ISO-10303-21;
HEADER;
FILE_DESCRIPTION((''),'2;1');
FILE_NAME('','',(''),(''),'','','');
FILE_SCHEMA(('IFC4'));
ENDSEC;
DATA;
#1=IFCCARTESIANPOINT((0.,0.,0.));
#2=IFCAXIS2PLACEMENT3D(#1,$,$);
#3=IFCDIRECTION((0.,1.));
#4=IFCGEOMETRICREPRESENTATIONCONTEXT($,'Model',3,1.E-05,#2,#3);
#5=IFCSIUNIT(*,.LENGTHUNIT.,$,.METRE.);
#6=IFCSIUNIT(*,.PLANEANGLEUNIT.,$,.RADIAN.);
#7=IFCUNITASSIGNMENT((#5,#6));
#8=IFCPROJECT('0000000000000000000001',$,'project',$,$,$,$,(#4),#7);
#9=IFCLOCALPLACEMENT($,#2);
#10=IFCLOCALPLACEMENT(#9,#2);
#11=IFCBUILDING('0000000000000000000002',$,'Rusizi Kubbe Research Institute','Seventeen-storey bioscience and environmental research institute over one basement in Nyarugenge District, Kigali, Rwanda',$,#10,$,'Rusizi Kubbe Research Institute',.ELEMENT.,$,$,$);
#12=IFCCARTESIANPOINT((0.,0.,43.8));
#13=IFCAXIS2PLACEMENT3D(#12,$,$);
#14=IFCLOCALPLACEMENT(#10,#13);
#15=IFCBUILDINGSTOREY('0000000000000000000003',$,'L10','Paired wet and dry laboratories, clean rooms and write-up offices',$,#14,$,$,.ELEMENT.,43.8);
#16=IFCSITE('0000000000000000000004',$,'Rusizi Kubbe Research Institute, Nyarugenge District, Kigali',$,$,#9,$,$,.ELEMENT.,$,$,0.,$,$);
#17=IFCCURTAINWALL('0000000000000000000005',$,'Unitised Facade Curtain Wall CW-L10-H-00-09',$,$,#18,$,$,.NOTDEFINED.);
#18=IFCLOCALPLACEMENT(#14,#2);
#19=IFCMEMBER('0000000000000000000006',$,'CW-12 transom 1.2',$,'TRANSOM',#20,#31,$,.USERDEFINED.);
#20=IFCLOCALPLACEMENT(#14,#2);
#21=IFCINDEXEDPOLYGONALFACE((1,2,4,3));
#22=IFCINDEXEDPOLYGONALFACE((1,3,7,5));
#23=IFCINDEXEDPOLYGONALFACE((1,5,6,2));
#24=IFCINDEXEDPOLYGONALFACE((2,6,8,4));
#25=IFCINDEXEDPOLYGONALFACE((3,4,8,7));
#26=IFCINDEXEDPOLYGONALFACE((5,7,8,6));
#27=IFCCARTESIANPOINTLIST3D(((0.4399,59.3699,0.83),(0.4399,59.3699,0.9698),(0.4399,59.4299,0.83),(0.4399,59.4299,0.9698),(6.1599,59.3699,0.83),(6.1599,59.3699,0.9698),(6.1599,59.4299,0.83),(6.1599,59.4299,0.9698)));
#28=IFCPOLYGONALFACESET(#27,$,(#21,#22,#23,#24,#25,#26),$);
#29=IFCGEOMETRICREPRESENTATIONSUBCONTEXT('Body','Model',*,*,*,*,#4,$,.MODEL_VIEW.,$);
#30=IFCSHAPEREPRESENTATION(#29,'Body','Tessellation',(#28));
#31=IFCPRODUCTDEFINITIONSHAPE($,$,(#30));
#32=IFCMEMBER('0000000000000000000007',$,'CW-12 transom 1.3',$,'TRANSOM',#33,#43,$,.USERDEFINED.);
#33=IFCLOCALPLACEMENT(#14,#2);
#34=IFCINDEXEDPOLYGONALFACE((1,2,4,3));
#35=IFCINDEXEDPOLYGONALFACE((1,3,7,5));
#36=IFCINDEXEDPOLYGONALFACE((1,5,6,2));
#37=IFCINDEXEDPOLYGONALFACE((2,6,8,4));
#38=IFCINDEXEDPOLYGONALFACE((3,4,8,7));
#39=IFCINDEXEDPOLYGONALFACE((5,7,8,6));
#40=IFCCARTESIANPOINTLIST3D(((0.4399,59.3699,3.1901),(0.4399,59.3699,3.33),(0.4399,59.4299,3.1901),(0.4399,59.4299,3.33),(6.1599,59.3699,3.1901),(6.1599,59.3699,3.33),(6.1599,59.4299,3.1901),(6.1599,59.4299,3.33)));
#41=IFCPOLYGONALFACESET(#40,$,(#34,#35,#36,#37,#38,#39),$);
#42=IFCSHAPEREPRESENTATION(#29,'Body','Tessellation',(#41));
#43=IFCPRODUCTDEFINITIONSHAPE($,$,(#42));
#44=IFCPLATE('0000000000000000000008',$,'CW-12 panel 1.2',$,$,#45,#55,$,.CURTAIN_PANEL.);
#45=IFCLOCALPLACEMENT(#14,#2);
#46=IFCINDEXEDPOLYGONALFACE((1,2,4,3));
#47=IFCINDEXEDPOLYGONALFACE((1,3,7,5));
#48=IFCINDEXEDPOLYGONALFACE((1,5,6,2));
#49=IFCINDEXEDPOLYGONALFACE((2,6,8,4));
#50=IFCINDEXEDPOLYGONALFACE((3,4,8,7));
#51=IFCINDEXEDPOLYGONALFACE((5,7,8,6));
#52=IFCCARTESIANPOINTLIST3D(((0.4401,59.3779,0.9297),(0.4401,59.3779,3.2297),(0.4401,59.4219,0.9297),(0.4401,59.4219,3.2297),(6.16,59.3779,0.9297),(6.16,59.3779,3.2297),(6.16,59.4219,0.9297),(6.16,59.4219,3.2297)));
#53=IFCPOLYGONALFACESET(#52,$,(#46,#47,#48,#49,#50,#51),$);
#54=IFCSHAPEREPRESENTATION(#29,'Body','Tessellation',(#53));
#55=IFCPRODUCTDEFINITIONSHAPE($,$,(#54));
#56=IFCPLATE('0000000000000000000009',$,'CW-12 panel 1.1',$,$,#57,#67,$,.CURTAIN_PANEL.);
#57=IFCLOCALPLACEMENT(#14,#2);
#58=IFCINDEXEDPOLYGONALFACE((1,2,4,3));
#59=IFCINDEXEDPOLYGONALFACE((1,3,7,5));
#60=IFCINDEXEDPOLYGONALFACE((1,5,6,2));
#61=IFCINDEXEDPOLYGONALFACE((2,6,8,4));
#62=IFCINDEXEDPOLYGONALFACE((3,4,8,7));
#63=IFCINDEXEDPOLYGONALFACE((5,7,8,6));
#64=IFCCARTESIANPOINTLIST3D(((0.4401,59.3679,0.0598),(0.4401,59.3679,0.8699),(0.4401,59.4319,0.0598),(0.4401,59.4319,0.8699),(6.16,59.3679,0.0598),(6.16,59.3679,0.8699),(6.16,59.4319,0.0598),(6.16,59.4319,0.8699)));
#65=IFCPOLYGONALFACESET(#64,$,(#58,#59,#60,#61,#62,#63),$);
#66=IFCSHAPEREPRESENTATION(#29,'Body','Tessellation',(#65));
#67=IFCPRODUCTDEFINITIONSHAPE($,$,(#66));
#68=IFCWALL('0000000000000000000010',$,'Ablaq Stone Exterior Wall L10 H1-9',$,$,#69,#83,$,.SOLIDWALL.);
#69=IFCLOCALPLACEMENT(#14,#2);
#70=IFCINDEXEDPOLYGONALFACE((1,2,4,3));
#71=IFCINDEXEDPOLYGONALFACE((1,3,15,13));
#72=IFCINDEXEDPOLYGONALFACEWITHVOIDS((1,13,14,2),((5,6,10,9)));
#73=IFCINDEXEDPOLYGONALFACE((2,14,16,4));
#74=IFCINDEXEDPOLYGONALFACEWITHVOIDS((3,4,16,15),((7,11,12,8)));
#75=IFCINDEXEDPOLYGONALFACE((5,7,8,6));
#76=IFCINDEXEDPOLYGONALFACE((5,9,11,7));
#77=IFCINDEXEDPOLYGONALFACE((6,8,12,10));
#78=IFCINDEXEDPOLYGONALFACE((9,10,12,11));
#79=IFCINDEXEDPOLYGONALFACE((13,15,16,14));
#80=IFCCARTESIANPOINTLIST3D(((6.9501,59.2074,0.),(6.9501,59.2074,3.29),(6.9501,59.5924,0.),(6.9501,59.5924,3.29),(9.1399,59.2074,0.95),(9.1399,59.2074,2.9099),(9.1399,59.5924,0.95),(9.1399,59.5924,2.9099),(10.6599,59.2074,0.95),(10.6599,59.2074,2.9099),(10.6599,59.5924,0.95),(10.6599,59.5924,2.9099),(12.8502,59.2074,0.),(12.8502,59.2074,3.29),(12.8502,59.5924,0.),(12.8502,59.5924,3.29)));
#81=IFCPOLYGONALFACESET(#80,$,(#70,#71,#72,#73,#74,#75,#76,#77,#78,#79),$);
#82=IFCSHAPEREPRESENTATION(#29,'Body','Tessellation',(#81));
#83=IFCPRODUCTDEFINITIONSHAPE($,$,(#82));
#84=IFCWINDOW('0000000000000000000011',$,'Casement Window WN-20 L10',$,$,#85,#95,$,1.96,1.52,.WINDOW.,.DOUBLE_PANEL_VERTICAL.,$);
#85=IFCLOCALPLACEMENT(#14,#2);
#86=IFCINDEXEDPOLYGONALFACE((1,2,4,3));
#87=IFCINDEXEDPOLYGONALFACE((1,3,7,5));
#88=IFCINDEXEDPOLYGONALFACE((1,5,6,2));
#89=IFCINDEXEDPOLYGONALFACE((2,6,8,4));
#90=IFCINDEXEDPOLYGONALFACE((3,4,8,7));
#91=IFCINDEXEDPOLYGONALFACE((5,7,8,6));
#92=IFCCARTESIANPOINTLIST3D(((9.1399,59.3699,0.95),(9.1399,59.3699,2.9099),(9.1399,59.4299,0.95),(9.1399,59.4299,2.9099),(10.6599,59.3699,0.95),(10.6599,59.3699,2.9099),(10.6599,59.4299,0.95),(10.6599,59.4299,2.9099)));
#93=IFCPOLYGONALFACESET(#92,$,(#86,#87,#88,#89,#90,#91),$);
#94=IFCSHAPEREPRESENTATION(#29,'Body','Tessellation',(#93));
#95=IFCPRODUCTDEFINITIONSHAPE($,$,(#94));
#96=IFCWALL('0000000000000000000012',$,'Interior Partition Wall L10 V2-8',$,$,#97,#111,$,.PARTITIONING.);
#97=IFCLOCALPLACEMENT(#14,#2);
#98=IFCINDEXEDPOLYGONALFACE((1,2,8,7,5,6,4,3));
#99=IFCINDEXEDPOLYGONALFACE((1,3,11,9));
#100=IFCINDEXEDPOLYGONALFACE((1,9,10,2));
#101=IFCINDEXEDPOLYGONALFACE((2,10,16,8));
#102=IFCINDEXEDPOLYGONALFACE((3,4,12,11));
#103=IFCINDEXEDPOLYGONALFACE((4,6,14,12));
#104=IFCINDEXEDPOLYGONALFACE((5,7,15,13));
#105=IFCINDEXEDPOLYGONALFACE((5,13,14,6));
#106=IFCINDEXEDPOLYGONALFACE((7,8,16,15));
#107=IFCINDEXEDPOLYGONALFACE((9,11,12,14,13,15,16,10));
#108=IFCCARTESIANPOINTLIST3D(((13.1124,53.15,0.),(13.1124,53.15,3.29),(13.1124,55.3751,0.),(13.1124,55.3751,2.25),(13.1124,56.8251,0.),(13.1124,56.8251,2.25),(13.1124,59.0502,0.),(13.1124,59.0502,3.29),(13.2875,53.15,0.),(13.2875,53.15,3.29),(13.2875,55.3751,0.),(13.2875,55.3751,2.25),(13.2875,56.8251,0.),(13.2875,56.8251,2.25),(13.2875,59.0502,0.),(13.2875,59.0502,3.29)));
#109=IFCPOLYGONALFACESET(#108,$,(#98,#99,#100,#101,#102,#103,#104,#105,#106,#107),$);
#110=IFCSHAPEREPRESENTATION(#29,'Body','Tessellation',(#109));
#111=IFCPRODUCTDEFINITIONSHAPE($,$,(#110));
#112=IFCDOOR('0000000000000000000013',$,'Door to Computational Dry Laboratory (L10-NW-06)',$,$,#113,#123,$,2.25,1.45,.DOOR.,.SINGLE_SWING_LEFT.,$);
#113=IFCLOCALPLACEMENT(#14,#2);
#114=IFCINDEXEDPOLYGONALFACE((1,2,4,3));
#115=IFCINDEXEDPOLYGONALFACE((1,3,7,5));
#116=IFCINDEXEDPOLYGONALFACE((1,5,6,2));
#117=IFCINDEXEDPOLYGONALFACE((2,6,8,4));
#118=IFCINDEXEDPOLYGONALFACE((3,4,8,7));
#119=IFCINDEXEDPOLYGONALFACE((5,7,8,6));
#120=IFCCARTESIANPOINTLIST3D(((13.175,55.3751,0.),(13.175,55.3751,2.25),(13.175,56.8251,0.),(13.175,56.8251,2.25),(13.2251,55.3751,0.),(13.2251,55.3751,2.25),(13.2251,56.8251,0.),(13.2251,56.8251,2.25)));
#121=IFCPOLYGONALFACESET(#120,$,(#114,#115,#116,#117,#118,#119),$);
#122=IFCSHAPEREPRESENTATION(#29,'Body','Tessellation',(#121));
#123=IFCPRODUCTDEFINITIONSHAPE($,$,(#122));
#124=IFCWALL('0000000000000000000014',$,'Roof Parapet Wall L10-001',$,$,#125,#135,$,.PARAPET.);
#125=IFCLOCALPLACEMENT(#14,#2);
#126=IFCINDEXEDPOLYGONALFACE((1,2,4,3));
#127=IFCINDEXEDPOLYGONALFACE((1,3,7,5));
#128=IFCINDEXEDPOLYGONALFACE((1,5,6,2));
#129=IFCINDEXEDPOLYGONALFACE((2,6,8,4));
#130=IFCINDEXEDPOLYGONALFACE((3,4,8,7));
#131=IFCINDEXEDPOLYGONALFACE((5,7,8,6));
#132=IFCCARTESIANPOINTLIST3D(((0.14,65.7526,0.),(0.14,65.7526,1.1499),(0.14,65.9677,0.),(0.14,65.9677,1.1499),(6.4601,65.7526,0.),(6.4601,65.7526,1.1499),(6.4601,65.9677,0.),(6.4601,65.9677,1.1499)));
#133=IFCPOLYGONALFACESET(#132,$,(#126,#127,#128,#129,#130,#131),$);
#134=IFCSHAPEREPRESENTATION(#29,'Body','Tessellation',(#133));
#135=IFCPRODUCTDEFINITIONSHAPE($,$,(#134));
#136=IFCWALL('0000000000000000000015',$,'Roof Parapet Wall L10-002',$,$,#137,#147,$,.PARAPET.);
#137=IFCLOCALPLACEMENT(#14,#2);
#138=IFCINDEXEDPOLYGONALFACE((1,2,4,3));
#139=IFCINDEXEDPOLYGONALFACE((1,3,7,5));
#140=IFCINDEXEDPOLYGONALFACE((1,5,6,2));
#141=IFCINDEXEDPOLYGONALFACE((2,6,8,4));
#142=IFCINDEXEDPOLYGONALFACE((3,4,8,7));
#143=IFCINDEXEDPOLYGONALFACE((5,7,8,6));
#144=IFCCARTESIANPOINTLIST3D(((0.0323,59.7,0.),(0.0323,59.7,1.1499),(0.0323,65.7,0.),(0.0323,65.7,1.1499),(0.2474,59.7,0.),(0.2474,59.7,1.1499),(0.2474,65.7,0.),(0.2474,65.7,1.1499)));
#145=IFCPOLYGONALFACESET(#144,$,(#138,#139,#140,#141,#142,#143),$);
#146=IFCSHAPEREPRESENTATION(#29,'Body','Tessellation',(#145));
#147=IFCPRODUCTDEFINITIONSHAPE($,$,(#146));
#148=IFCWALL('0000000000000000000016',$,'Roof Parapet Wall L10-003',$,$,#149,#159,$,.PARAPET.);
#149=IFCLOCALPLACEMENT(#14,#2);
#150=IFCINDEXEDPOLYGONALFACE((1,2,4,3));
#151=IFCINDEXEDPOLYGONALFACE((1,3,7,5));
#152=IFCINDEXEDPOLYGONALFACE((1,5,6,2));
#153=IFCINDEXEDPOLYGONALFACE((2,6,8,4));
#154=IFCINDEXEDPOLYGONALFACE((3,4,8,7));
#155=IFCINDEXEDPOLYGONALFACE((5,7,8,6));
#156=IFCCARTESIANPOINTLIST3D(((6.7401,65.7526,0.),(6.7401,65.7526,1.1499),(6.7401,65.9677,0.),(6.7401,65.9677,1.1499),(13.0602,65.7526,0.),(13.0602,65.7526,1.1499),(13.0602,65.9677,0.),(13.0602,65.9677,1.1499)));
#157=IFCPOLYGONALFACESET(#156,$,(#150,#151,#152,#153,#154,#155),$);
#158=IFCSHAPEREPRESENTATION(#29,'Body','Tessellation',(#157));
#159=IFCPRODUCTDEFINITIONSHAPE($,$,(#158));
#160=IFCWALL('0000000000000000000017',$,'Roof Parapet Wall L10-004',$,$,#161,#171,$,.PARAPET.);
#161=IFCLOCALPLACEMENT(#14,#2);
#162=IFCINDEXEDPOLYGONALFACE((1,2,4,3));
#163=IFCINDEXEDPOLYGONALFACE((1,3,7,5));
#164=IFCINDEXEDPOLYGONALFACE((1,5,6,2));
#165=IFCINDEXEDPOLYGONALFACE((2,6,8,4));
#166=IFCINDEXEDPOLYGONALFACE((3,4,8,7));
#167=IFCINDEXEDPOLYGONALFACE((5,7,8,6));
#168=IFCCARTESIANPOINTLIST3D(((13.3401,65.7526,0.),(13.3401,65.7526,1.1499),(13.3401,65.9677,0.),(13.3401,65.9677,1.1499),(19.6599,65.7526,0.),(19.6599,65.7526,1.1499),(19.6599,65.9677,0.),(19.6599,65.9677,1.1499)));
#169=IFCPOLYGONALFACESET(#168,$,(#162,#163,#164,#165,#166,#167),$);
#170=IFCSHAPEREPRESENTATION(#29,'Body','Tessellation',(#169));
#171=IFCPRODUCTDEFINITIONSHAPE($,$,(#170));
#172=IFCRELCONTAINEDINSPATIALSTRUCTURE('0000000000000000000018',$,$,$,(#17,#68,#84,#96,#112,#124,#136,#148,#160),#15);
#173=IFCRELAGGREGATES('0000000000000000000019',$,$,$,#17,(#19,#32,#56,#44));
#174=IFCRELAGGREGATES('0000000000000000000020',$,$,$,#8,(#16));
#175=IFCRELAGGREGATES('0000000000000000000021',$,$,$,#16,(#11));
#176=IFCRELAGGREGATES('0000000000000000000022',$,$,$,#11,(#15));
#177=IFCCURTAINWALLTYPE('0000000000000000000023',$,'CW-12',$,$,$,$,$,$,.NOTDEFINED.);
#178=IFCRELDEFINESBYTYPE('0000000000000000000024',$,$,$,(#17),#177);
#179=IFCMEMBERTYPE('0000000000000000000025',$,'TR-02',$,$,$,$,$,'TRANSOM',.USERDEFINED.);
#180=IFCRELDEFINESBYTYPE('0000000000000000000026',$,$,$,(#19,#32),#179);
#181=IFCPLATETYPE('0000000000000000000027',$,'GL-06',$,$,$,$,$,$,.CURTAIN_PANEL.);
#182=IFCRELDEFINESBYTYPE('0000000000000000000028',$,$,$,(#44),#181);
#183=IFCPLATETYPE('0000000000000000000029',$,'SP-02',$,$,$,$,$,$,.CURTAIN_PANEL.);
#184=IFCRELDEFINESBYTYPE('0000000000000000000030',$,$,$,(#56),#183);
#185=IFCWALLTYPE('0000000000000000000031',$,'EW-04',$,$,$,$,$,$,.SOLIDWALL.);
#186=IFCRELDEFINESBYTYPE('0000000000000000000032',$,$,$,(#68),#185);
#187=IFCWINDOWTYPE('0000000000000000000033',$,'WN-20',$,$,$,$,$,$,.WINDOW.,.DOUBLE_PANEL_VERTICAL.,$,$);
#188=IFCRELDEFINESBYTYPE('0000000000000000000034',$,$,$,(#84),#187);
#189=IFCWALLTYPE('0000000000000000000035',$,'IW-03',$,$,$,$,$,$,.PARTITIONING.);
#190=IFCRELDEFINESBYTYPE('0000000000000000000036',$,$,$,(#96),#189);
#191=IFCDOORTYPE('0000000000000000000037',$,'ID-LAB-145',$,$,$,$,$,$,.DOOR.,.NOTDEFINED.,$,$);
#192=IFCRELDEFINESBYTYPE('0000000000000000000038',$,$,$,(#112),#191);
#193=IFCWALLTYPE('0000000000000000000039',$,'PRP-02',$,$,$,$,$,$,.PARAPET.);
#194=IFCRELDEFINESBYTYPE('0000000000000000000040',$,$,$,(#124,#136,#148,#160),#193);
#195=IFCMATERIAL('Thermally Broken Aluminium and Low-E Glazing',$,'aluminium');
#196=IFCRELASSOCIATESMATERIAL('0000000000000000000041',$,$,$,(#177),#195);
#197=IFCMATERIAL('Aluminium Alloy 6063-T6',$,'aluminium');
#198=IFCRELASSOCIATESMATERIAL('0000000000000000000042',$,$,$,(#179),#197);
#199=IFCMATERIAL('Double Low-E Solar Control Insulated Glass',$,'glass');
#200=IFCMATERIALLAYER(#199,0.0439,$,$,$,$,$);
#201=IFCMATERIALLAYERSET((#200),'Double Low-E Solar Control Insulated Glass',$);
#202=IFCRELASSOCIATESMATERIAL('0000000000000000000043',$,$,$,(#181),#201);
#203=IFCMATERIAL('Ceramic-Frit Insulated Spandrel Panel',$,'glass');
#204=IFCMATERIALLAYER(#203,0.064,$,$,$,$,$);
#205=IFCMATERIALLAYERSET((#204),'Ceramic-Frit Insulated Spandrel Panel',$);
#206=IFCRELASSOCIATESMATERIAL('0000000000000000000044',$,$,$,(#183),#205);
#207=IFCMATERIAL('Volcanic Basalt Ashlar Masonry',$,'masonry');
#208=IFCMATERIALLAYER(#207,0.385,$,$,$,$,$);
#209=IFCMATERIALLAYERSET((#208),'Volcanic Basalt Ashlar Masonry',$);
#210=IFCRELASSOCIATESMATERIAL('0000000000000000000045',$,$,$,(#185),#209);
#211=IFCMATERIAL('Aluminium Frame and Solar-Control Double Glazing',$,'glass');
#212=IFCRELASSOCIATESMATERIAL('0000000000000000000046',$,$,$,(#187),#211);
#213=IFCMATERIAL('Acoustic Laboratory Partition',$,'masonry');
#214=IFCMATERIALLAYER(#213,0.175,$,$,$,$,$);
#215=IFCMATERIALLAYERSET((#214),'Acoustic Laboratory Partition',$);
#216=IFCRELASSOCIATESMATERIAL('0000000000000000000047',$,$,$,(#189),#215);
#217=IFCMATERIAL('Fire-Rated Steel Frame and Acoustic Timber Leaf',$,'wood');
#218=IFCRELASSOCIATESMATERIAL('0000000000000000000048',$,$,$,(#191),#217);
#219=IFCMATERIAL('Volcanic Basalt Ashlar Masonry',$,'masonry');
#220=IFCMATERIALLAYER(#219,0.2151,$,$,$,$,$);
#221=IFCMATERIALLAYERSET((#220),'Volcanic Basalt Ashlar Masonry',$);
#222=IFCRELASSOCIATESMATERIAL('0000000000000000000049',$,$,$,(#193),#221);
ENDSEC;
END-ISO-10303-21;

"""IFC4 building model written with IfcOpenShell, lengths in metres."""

from ifc_helpers import new_model, si_unit, direction, frame, frame_2d, origin, origin_2d, place, context, subcontext, project, spatial, rectangle, extrude, material, layer, layer_set, material_profile, profile_set, type_object, element, fill, aggregate, save


model = new_model("IFC4")

# Units and contexts
model_context = context("Model", 3, precision=1e-05, world=origin(), true_north=direction((0.0, 1.0)))
body_context = subcontext(model_context, "Body", "Model", "MODEL_VIEW")
ifc_project = project(units=[si_unit("LENGTHUNIT", "METRE"), si_unit("PLANEANGLEUNIT", "RADIAN")], contexts=[model_context])

# Site, building, storey
site_placement = place(None, origin())
site = spatial("IfcSite", under=ifc_project, at=site_placement, Name="Rusizi Kubbe Research Institute, Nyarugenge District, Kigali", CompositionType="ELEMENT", RefElevation=0.0)
building_placement = place(site_placement, origin())
building = spatial("IfcBuilding", under=site, at=building_placement, Name="Rusizi Kubbe Research Institute", Description="Seventeen-storey bioscience and environmental research institute over one basement in Nyarugenge District, Kigali, Rwanda", LongName="Rusizi Kubbe Research Institute", CompositionType="ELEMENT")
storey_placement = place(building_placement, frame((0.0, 0.0, 43.8)))
storey = spatial("IfcBuildingStorey", under=building, at=storey_placement, Name="L10", Description="Paired wet and dry laboratories, clean rooms and write-up offices", CompositionType="ELEMENT", Elevation=43.8)

# Curtain wall, members, plates
ifc_material_1 = material(Name="Thermally Broken Aluminium and Low-E Glazing", Category="aluminium")
curtain_wall_type = type_object("IfcCurtainWallType", Name="CW-12", PredefinedType="NOTDEFINED", material=ifc_material_1)
curtain_wall_placement = place(storey_placement, origin())
curtain_wall = element("IfcCurtainWall", 1, at=curtain_wall_placement, inside=storey, type_object=curtain_wall_type, Name="Unitised Facade Curtain Wall CW-L10-H-00-09", PredefinedType="NOTDEFINED")
ifc_material_2 = material(Name="Aluminium Alloy 6063-T6", Category="aluminium")
ifc_material_profile_1 = material_profile(ifc_material_2, rectangle(XDim=0.0601, YDim=0.1399, at=origin_2d()), Name="ALU-T 60x140")
ifc_profile_set_1 = profile_set([ifc_material_profile_1], Name="Aluminium Alloy 6063-T6")
member_type_1 = type_object("IfcMemberType", Name="TR-02", ElementType="TRANSOM", PredefinedType="USERDEFINED", material=ifc_profile_set_1)
member_1_placement = place(storey_placement, frame((0.4399, 59.3999, 0.8999), z_axis=(1.0, 0.0, 0.0), x_axis=(0.0, 1.0, 0.0)))
member_1 = element("IfcMember", 2, at=member_1_placement, type_object=member_type_1, Name="CW-12 transom 1.2", ObjectType="TRANSOM", PredefinedType="USERDEFINED", context=body_context, shape_type="SweptSolid", body=[
    extrude(rectangle(XDim=0.0601, YDim=0.1399, at=origin_2d()), origin(), (0.0, 0.0, 1.0), 5.72),
])
member_2_placement = place(storey_placement, frame((0.4399, 59.3999, 3.26), z_axis=(1.0, 0.0, 0.0), x_axis=(0.0, 1.0, 0.0)))
member_2 = element("IfcMember", 3, at=member_2_placement, type_object=member_type_1, Name="CW-12 transom 1.3", ObjectType="TRANSOM", PredefinedType="USERDEFINED", context=body_context, shape_type="SweptSolid", body=[
    extrude(rectangle(XDim=0.0601, YDim=0.1399, at=origin_2d()), origin(), (0.0, 0.0, 1.0), 5.72),
])
ifc_material_3 = material(Name="Double Low-E Solar Control Insulated Glass", Category="glass")
ifc_layer_1 = layer(ifc_material_3, 0.0439)
ifc_layer_set_1 = layer_set([ifc_layer_1], Name="Double Low-E Solar Control Insulated Glass")
plate_type_1 = type_object("IfcPlateType", Name="GL-06", PredefinedType="CURTAIN_PANEL", material=ifc_layer_set_1)
plate_1_placement = place(storey_placement, frame((3.3, 59.3999, 0.9297), z_axis=(0.0, 0.0, 1.0), x_axis=(1.0, 0.0, 0.0)))
plate_1 = element("IfcPlate", 4, at=plate_1_placement, type_object=plate_type_1, Name="CW-12 panel 1.2", PredefinedType="CURTAIN_PANEL", context=body_context, shape_type="SweptSolid", body=[
    extrude(rectangle(XDim=5.72, YDim=0.0439, at=origin_2d()), origin(), (0.0, 0.0, 1.0), 2.3),
])
ifc_material_4 = material(Name="Ceramic-Frit Insulated Spandrel Panel", Category="glass")
ifc_layer_2 = layer(ifc_material_4, 0.064)
ifc_layer_set_2 = layer_set([ifc_layer_2], Name="Ceramic-Frit Insulated Spandrel Panel")
plate_type_2 = type_object("IfcPlateType", Name="SP-02", PredefinedType="CURTAIN_PANEL", material=ifc_layer_set_2)
plate_2_placement = place(storey_placement, frame((3.3, 59.3999, 0.0598), z_axis=(0.0, 0.0, 1.0), x_axis=(1.0, 0.0, 0.0)))
plate_2 = element("IfcPlate", 5, at=plate_2_placement, type_object=plate_type_2, Name="CW-12 panel 1.1", PredefinedType="CURTAIN_PANEL", context=body_context, shape_type="SweptSolid", body=[
    extrude(rectangle(XDim=5.72, YDim=0.064, at=origin_2d()), origin(), (0.0, 0.0, 1.0), 0.8101),
])
aggregate(curtain_wall, [member_1, member_2, plate_2, plate_1])

# Wall, opening, window
ifc_material_5 = material(Name="Volcanic Basalt Ashlar Masonry", Category="masonry")
ifc_layer_3 = layer(ifc_material_5, 0.385)
ifc_layer_set_3 = layer_set([ifc_layer_3], Name="Volcanic Basalt Ashlar Masonry")
wall_type_1 = type_object("IfcWallType", Name="EW-04", PredefinedType="SOLIDWALL", material=ifc_layer_set_3)
wall_1_placement = place(storey_placement, frame((6.95, 59.3999, 0.0), z_axis=(0.0, 0.0, 1.0), x_axis=(1.0, 0.0, 0.0)))
wall_1 = element("IfcWall", 6, at=wall_1_placement, inside=storey, type_object=wall_type_1, Name="Ablaq Stone Exterior Wall L10 H1-9", PredefinedType="SOLIDWALL", context=body_context, shape_type="SweptSolid", body=[
    extrude(rectangle(XDim=5.9001, YDim=0.385, at=frame_2d((2.9502, 0.0))), origin(), (0.0, 0.0, 1.0), 3.29),
])
opening_1_placement = place(wall_1_placement, frame((2.1899, 0.0, 0.95)))
opening_1 = element("IfcOpeningElement", 7, at=opening_1_placement, cuts=wall_1, PredefinedType="OPENING", context=body_context, shape_type="SweptSolid", body=[
    extrude(rectangle(XDim=1.52, YDim=1.96, at=frame_2d((0.76, 0.98))), frame((0.0, 0.2024, 0.0), z_axis=(0.0, -1.0, 0.0), x_axis=(1.0, 0.0, 0.0)), (0.0, 0.0, 1.0), 0.405),
])
ifc_material_6 = material(Name="Aluminium Frame and Solar-Control Double Glazing", Category="glass")
window_type = type_object("IfcWindowType", Name="WN-20", PartitioningType="DOUBLE_PANEL_VERTICAL", PredefinedType="WINDOW", material=ifc_material_6)
window_placement = place(opening_1_placement, origin())
window = element("IfcWindow", 8, at=window_placement, inside=storey, type_object=window_type, Name="Casement Window WN-20 L10", OverallHeight=1.96, OverallWidth=1.52, PartitioningType="DOUBLE_PANEL_VERTICAL", PredefinedType="WINDOW", context=body_context, shape_type="SweptSolid", body=[
    extrude(rectangle(XDim=1.52, YDim=1.96, at=frame_2d((0.76, 0.98))), frame((0.0, 0.03, 0.0), z_axis=(0.0, -1.0, 0.0), x_axis=(1.0, 0.0, 0.0)), (0.0, 0.0, 1.0), 0.0601),
])
fill(opening_1, window)

# Wall, opening, door
ifc_material_7 = material(Name="Acoustic Laboratory Partition", Category="masonry")
ifc_layer_4 = layer(ifc_material_7, 0.175)
ifc_layer_set_4 = layer_set([ifc_layer_4], Name="Acoustic Laboratory Partition")
wall_type_2 = type_object("IfcWallType", Name="IW-03", PredefinedType="PARTITIONING", material=ifc_layer_set_4)
wall_2_placement = place(storey_placement, frame((13.2, 53.1499, 0.0), z_axis=(0.0, 0.0, 1.0), x_axis=(0.0, 1.0, 0.0)))
wall_2 = element("IfcWall", 9, at=wall_2_placement, inside=storey, type_object=wall_type_2, Name="Interior Partition Wall L10 V2-8", PredefinedType="PARTITIONING", context=body_context, shape_type="SweptSolid", body=[
    extrude(rectangle(XDim=5.9001, YDim=0.175, at=frame_2d((2.9502, 0.0))), origin(), (0.0, 0.0, 1.0), 3.29),
])
opening_2_placement = place(wall_2_placement, frame((2.2251, 0.0, 0.0)))
opening_2 = element("IfcOpeningElement", 10, at=opening_2_placement, cuts=wall_2, PredefinedType="OPENING", context=body_context, shape_type="SweptSolid", body=[
    extrude(rectangle(XDim=1.45, YDim=2.25, at=frame_2d((0.7251, 1.125))), frame((0.0, 0.0974, 0.0), z_axis=(0.0, -1.0, 0.0), x_axis=(1.0, 0.0, 0.0)), (0.0, 0.0, 1.0), 0.1951),
])
ifc_material_8 = material(Name="Fire-Rated Steel Frame and Acoustic Timber Leaf", Category="wood")
door_type = type_object("IfcDoorType", Name="ID-LAB-145", OperationType="NOTDEFINED", PredefinedType="DOOR", material=ifc_material_8)
door_placement = place(opening_2_placement, origin())
door = element("IfcDoor", 11, at=door_placement, inside=storey, type_object=door_type, Name="Door to Computational Dry Laboratory (L10-NW-06)", OperationType="SINGLE_SWING_LEFT", OverallHeight=2.25, OverallWidth=1.45, PredefinedType="DOOR", context=body_context, shape_type="SweptSolid", body=[
    extrude(rectangle(XDim=1.45, YDim=2.25, at=frame_2d((0.7251, 1.125))), frame((0.0, 0.0249, 0.0), z_axis=(0.0, -1.0, 0.0), x_axis=(1.0, 0.0, 0.0)), (0.0, 0.0, 1.0), 0.05),
])
fill(opening_2, door)

# Walls
ifc_material_9 = material(Name="Volcanic Basalt Ashlar Masonry", Category="masonry")
ifc_layer_5 = layer(ifc_material_9, 0.2151)
ifc_layer_set_5 = layer_set([ifc_layer_5], Name="Volcanic Basalt Ashlar Masonry")
wall_type_3 = type_object("IfcWallType", Name="PRP-02", PredefinedType="PARAPET", material=ifc_layer_set_5)
wall_3_placement = place(storey_placement, frame((0.1399, 65.8601, 0.0), z_axis=(0.0, 0.0, 1.0), x_axis=(1.0, 0.0, 0.0)))
element("IfcWall", 12, at=wall_3_placement, inside=storey, type_object=wall_type_3, Name="Roof Parapet Wall L10-001", PredefinedType="PARAPET", context=body_context, shape_type="SweptSolid", body=[
    extrude(rectangle(XDim=6.3201, YDim=0.2151, at=frame_2d((3.1602, 0.0))), origin(), (0.0, 0.0, 1.0), 1.1499),
])
wall_4_placement = place(storey_placement, frame((0.1399, 59.7, 0.0), z_axis=(0.0, 0.0, 1.0), x_axis=(0.0, 1.0, 0.0)))
element("IfcWall", 13, at=wall_4_placement, inside=storey, type_object=wall_type_3, Name="Roof Parapet Wall L10-002", PredefinedType="PARAPET", context=body_context, shape_type="SweptSolid", body=[
    extrude(rectangle(XDim=6.0, YDim=0.2151, at=frame_2d((3.0, 0.0))), origin(), (0.0, 0.0, 1.0), 1.1499),
])
wall_5_placement = place(storey_placement, frame((6.74, 65.8601, 0.0), z_axis=(0.0, 0.0, 1.0), x_axis=(1.0, 0.0, 0.0)))
element("IfcWall", 14, at=wall_5_placement, inside=storey, type_object=wall_type_3, Name="Roof Parapet Wall L10-003", PredefinedType="PARAPET", context=body_context, shape_type="SweptSolid", body=[
    extrude(rectangle(XDim=6.3201, YDim=0.2151, at=frame_2d((3.1602, 0.0))), origin(), (0.0, 0.0, 1.0), 1.1499),
])
wall_6_placement = place(storey_placement, frame((13.3401, 65.8601, 0.0), z_axis=(0.0, 0.0, 1.0), x_axis=(1.0, 0.0, 0.0)))
element("IfcWall", 15, at=wall_6_placement, inside=storey, type_object=wall_type_3, Name="Roof Parapet Wall L10-004", PredefinedType="PARAPET", context=body_context, shape_type="SweptSolid", body=[
    extrude(rectangle(XDim=6.3198, YDim=0.2151, at=frame_2d((3.1599, 0.0))), origin(), (0.0, 0.0, 1.0), 1.1499),
])

save(model, "model.ifc")
